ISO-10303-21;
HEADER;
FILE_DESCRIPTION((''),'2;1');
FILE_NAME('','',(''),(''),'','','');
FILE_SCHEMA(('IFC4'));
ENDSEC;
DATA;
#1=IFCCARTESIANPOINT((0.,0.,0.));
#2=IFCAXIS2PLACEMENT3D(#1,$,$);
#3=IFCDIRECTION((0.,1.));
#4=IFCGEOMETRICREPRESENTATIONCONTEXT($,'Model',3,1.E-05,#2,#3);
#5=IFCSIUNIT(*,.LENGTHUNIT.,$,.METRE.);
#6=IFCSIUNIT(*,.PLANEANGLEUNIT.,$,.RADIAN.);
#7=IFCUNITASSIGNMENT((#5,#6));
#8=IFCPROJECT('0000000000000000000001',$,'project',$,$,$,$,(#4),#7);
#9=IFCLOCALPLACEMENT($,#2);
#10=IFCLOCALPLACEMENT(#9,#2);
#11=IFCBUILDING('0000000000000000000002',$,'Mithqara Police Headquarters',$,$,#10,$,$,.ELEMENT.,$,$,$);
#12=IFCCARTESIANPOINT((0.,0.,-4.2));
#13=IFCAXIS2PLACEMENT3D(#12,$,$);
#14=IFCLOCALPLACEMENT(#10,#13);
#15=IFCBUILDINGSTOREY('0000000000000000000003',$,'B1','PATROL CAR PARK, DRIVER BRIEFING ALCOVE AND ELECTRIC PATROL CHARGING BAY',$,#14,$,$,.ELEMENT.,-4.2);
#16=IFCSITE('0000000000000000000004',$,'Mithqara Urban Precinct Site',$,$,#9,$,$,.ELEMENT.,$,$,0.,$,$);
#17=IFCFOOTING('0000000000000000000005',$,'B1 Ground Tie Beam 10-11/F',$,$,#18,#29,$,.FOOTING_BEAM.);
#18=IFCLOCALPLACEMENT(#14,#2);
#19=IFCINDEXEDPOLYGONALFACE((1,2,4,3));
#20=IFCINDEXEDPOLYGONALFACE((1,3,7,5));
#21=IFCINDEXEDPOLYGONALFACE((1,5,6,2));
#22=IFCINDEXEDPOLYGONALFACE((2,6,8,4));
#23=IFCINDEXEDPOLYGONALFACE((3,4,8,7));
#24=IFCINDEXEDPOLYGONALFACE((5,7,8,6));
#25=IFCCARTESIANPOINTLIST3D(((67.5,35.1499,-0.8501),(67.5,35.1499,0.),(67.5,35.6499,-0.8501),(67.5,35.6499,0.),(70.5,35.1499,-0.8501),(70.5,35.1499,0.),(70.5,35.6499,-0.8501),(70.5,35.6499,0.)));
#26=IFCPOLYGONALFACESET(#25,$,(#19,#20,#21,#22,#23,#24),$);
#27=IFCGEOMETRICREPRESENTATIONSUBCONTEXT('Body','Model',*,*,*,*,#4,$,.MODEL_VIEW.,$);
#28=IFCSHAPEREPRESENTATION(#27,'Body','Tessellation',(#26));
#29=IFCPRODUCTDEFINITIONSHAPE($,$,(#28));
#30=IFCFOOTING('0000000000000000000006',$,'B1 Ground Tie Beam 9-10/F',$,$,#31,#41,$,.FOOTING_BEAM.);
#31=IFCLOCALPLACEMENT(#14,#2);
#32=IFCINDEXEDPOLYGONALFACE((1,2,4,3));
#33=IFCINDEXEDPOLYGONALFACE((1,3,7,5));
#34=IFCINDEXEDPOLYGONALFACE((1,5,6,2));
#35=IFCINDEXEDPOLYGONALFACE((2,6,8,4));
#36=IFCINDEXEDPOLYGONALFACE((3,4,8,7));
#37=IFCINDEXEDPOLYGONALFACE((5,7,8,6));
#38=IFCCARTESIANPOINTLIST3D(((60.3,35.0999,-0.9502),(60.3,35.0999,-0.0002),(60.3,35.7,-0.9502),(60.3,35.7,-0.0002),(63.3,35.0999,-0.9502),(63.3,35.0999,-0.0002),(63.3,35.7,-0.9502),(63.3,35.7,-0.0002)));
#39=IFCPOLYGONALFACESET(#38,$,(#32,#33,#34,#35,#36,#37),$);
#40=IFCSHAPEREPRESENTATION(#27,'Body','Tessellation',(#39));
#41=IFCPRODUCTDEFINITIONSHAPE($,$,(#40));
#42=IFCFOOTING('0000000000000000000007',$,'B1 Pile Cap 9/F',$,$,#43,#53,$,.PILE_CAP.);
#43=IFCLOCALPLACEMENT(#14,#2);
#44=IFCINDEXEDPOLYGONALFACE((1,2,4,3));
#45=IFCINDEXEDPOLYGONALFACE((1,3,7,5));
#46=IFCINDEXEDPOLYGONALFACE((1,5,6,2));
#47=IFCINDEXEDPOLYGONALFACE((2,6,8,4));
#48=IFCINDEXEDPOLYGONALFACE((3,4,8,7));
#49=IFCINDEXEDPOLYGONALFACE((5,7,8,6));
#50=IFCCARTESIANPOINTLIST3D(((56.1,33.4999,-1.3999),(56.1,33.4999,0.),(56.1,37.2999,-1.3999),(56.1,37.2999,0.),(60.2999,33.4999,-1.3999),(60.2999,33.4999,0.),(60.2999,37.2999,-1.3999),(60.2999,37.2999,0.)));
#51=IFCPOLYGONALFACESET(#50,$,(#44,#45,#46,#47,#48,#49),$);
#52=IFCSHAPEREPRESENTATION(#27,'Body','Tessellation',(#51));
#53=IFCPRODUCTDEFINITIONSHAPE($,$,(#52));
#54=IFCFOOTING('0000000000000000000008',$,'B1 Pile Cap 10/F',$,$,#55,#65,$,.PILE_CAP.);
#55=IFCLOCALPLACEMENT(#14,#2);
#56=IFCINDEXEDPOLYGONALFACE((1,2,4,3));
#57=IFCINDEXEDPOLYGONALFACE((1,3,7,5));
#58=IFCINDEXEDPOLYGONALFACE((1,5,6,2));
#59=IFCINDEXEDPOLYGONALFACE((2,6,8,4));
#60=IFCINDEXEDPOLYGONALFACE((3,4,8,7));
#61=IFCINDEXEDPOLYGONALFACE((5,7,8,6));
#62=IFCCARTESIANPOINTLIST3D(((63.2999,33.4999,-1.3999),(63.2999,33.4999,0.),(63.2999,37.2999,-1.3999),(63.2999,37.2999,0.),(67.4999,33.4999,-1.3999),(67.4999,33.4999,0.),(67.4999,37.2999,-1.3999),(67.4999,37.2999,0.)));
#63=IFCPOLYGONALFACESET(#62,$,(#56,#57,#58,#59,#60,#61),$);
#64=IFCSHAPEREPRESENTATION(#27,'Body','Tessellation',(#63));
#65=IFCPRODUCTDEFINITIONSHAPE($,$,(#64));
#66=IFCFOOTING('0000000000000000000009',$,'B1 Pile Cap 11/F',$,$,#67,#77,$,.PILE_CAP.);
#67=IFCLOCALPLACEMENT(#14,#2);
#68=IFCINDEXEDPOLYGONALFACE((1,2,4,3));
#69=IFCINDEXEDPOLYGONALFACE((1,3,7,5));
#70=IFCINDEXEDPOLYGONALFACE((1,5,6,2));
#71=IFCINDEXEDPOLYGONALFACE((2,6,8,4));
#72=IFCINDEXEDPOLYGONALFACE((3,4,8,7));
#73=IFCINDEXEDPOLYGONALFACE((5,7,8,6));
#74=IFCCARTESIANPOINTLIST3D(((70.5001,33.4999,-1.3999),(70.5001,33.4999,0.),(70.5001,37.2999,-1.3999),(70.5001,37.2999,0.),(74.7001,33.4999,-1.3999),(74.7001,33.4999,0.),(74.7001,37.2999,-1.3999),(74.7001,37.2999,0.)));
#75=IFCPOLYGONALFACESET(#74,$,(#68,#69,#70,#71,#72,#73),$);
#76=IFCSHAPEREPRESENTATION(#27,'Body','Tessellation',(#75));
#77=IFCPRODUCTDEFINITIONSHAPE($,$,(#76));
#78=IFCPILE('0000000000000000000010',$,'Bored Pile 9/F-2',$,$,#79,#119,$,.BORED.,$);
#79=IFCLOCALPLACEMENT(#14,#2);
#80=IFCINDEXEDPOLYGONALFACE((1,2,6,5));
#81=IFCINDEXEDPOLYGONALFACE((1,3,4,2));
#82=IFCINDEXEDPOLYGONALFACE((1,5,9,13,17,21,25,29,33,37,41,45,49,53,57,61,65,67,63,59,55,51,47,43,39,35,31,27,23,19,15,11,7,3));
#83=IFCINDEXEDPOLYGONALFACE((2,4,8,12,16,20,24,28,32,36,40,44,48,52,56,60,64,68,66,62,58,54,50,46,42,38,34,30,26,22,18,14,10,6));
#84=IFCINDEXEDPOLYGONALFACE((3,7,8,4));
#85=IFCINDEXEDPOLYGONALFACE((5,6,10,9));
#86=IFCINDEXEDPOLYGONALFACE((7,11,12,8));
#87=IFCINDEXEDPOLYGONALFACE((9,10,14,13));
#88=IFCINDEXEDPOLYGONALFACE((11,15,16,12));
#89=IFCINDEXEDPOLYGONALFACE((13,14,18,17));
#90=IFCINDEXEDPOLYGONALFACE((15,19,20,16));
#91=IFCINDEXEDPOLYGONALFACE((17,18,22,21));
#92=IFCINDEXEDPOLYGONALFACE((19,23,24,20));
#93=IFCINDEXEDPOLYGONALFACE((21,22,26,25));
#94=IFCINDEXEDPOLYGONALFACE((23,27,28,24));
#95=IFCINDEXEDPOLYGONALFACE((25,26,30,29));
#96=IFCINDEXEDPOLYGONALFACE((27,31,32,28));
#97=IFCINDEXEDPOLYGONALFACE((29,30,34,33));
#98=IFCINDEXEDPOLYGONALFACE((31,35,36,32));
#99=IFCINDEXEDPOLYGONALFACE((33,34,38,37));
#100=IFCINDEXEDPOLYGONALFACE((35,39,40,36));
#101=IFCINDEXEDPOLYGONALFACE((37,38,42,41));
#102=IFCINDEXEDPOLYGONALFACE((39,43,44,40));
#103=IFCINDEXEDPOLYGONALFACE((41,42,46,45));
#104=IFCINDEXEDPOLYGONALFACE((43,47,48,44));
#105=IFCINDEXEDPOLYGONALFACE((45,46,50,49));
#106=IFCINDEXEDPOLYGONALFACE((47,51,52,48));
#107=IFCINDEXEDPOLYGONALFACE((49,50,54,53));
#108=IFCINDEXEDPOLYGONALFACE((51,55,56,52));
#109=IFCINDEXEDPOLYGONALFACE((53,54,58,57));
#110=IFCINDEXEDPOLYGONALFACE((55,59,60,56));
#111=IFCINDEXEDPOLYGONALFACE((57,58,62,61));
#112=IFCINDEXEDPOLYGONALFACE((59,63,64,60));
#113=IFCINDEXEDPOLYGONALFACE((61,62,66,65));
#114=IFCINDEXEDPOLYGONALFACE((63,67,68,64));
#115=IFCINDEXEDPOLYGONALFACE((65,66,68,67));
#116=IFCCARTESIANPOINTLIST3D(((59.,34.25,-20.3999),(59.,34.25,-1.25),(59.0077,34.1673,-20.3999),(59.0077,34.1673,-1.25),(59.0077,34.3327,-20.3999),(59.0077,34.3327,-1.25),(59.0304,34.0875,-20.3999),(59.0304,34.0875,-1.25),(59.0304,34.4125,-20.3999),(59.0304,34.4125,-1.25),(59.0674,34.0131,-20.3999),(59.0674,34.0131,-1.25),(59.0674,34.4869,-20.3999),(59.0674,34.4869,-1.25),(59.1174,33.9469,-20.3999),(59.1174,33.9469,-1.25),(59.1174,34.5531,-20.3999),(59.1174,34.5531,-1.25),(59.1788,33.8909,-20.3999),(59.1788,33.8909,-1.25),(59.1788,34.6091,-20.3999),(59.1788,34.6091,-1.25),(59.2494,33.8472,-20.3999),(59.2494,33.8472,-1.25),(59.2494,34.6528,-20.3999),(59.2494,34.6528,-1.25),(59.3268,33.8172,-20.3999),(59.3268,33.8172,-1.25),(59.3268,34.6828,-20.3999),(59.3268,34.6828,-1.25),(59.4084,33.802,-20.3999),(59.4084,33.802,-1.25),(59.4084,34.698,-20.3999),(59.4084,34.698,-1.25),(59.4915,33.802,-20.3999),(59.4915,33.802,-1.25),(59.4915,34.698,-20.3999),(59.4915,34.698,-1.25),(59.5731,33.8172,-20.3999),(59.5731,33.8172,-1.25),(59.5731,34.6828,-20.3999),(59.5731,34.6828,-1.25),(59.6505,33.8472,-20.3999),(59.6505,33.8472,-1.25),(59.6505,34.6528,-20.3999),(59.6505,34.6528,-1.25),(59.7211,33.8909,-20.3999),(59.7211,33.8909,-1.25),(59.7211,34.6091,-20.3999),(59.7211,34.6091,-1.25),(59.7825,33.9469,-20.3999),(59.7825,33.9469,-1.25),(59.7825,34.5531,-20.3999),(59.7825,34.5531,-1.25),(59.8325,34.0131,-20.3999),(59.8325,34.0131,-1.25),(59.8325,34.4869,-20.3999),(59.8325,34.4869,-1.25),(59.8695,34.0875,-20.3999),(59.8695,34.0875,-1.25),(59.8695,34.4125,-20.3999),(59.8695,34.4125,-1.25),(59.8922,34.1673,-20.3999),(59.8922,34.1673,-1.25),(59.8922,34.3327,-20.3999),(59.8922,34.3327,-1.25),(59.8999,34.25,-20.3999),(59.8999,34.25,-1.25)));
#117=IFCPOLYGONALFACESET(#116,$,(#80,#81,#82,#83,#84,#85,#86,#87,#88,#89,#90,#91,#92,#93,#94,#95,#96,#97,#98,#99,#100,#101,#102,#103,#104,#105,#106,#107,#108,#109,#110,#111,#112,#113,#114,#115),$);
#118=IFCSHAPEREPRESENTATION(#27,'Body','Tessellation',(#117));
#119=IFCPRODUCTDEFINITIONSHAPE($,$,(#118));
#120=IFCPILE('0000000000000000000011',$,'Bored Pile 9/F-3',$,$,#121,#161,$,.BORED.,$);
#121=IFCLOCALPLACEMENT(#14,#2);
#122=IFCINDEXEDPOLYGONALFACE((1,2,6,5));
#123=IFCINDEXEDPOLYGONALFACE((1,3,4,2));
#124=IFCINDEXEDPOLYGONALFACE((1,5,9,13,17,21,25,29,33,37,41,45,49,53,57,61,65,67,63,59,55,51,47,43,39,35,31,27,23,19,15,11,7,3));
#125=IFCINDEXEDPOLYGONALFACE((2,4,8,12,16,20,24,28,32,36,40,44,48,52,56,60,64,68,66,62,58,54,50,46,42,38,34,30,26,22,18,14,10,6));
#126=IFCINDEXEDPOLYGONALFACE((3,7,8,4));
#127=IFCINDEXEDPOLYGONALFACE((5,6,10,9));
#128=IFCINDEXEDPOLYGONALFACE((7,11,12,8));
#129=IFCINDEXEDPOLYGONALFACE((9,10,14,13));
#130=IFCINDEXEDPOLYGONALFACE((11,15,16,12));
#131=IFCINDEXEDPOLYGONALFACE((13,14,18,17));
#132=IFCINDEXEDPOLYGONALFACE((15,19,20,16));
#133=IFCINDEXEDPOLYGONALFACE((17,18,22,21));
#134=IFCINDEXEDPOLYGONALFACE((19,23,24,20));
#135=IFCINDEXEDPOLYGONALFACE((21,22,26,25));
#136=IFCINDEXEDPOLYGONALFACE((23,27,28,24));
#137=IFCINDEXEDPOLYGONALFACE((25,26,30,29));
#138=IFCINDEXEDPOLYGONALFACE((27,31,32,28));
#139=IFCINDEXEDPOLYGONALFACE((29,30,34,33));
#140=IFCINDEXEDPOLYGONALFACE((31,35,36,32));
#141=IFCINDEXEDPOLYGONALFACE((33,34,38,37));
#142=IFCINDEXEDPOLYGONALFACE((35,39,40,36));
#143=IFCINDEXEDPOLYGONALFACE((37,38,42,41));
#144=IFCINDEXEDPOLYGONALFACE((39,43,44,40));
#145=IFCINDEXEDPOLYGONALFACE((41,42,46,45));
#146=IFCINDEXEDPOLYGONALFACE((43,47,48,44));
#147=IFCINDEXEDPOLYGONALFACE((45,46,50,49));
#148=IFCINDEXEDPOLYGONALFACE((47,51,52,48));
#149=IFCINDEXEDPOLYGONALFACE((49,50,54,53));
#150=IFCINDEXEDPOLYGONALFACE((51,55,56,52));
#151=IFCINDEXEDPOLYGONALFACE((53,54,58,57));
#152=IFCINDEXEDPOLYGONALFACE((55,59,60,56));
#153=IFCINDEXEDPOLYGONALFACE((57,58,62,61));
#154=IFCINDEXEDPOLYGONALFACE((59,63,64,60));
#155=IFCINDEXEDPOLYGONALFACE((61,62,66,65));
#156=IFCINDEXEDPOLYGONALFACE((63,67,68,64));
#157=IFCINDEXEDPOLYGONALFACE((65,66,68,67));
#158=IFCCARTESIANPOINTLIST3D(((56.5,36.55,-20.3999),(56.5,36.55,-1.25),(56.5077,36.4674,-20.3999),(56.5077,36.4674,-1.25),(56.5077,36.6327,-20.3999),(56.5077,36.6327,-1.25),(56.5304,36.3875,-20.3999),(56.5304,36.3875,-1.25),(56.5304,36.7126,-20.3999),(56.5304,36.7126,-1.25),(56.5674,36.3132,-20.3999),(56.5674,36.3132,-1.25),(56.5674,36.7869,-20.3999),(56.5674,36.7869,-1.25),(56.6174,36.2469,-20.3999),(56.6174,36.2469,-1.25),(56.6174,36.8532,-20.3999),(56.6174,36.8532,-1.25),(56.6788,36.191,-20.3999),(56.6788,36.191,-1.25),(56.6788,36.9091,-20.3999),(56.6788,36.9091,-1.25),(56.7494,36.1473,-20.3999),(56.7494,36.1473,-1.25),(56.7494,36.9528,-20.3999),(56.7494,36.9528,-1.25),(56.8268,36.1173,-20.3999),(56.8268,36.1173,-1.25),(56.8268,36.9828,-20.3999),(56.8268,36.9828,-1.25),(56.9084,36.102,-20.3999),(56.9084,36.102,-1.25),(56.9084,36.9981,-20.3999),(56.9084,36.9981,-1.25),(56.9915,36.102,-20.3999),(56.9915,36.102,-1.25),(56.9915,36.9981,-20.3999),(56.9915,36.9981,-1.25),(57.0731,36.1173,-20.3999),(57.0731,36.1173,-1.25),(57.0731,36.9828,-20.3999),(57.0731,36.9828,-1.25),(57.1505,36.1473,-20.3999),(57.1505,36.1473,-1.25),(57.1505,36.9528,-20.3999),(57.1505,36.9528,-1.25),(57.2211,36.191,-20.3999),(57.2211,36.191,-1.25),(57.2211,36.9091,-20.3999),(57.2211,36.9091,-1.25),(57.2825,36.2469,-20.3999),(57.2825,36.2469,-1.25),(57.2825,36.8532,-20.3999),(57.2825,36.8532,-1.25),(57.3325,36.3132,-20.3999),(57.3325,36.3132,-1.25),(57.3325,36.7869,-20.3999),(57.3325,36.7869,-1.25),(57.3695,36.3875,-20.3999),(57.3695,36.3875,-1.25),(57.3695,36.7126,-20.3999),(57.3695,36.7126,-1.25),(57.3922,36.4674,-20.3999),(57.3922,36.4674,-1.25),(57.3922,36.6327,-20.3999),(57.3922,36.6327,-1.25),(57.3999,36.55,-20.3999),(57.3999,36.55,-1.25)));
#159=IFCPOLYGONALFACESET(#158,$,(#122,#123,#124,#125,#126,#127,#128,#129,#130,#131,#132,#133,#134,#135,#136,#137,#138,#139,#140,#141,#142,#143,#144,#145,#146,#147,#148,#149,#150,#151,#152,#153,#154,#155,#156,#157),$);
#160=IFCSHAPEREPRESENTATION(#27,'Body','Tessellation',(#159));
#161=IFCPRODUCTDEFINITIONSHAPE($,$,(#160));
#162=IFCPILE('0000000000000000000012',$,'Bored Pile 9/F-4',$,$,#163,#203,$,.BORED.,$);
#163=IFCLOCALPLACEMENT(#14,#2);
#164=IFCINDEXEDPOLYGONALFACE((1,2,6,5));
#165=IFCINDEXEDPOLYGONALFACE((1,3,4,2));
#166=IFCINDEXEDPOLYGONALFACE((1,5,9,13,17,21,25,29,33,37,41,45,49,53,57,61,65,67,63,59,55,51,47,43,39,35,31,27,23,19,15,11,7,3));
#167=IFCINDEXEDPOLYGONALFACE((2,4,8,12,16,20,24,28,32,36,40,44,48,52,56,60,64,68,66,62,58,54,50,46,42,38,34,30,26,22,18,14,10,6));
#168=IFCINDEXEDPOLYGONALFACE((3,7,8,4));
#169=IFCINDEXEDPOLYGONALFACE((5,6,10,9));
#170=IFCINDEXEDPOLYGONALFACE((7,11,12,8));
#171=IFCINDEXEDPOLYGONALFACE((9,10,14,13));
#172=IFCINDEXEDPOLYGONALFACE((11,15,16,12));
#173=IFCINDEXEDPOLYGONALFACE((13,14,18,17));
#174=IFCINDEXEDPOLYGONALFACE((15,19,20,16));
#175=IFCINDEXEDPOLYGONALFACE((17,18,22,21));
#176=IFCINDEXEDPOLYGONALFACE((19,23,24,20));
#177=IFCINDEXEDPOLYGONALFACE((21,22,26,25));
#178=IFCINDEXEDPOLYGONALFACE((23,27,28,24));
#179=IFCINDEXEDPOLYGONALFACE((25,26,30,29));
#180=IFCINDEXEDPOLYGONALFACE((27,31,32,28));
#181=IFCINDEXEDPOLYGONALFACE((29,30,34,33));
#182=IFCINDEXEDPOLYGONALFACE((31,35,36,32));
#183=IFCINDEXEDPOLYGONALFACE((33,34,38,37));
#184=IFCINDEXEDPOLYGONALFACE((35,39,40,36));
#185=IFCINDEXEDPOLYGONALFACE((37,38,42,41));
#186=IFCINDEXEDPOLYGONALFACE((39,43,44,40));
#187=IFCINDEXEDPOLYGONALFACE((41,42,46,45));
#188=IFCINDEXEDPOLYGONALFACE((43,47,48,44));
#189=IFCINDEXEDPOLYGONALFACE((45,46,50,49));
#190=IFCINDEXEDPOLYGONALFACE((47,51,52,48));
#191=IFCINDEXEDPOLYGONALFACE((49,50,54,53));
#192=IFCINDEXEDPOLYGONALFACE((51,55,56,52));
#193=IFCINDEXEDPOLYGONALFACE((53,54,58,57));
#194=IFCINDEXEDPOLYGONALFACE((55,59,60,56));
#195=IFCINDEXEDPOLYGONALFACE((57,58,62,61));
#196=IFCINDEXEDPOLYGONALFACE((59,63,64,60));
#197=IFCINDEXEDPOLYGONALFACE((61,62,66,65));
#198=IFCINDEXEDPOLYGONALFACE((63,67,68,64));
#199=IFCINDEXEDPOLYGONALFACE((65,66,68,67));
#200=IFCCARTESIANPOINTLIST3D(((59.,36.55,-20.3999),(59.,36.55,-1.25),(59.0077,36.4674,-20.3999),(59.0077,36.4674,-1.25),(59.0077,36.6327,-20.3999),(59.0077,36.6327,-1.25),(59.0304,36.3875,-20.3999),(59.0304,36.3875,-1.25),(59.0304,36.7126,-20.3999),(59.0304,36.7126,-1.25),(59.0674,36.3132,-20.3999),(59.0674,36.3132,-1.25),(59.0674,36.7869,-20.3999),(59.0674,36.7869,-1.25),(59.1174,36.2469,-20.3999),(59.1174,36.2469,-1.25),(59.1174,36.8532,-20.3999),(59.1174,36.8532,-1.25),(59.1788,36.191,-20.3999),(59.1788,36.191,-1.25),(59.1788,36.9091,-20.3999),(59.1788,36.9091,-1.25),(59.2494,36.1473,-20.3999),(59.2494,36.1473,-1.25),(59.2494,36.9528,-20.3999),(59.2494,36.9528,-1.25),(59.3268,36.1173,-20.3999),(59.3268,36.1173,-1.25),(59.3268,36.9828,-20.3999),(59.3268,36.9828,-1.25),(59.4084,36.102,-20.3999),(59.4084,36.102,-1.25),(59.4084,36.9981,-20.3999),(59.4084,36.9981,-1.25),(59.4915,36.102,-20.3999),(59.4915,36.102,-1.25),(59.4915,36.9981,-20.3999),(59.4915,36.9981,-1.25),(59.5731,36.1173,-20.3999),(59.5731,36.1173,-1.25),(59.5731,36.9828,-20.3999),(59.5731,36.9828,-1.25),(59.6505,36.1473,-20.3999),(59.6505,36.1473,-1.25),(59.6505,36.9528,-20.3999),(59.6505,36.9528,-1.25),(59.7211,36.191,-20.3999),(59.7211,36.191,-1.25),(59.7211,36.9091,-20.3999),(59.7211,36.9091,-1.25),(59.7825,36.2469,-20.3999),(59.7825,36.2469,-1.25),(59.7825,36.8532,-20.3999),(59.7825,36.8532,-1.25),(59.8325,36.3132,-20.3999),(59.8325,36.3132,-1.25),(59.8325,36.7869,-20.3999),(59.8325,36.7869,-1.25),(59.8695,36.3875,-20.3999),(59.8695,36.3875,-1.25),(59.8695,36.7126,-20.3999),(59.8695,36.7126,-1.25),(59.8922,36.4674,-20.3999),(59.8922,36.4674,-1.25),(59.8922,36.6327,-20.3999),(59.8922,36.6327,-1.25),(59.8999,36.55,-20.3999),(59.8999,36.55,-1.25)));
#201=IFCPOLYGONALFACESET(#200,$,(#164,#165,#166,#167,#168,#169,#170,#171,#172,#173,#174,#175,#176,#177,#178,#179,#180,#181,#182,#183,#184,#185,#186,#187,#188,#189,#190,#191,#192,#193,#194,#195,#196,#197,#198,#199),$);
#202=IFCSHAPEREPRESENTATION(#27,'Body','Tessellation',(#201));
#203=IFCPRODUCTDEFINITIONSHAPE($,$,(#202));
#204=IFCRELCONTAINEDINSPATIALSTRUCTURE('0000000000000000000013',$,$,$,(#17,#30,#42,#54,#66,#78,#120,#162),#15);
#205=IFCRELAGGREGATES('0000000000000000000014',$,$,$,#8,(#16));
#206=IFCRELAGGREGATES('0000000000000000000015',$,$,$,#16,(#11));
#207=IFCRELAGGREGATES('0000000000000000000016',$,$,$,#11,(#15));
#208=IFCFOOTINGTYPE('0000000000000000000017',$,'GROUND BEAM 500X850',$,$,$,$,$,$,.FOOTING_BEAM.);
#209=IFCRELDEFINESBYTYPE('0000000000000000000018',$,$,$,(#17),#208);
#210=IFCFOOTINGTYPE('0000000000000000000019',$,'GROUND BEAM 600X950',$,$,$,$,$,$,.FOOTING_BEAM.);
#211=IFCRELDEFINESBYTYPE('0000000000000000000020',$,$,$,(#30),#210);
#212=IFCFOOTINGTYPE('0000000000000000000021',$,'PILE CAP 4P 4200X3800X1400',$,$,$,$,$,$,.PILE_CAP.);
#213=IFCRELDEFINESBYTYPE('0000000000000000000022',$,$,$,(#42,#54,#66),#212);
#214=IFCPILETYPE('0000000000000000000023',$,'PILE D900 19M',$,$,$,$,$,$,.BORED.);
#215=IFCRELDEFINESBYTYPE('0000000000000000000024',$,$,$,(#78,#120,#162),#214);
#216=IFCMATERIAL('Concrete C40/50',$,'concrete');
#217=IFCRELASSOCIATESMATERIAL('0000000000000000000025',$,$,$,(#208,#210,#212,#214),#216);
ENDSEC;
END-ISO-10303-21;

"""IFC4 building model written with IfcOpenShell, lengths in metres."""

from ifc_helpers import new_model, si_unit, direction, frame, origin, origin_2d, place, context, subcontext, project, spatial, rectangle, circle, extrude, material, material_profile, profile_set, type_object, element, save


model = new_model("IFC4")

# Units and contexts
model_context = context("Model", 3, precision=1e-05, world=origin(), true_north=direction((0.0, 1.0)))
body_context = subcontext(model_context, "Body", "Model", "MODEL_VIEW")
ifc_project = project(units=[si_unit("LENGTHUNIT", "METRE"), si_unit("PLANEANGLEUNIT", "RADIAN")], contexts=[model_context])

# Site, building, storey
site_placement = place(None, origin())
site = spatial("IfcSite", under=ifc_project, at=site_placement, Name="Mithqara Urban Precinct Site", CompositionType="ELEMENT", RefElevation=0.0)
building_placement = place(site_placement, origin())
building = spatial("IfcBuilding", under=site, at=building_placement, Name="Mithqara Police Headquarters", CompositionType="ELEMENT")
storey_placement = place(building_placement, frame((0.0, 0.0, -4.2)))
storey = spatial("IfcBuildingStorey", under=building, at=storey_placement, Name="B1", Description="PATROL CAR PARK, DRIVER BRIEFING ALCOVE AND ELECTRIC PATROL CHARGING BAY", CompositionType="ELEMENT", Elevation=-4.2)

# Footings
ifc_material_1 = material(Name="Concrete C40/50", Category="concrete")
footing_type_1 = type_object("IfcFootingType", Name="GROUND BEAM 500X850", PredefinedType="FOOTING_BEAM", material=ifc_material_1)
footing_1_placement = place(storey_placement, frame((69.0, 35.3999, -0.8501), z_axis=(0.0, 0.0, 1.0), x_axis=(1.0, 0.0, 0.0)))
element("IfcFooting", 1, at=footing_1_placement, inside=storey, type_object=footing_type_1, Name="B1 Ground Tie Beam 10-11/F", PredefinedType="FOOTING_BEAM", context=body_context, shape_type="SweptSolid", body=[
    extrude(rectangle(XDim=3.0, YDim=0.5, at=origin_2d()), origin(), (0.0, 0.0, 1.0), 0.8501),
])
footing_type_2 = type_object("IfcFootingType", Name="GROUND BEAM 600X950", PredefinedType="FOOTING_BEAM", material=ifc_material_1)
footing_2_placement = place(storey_placement, frame((61.8, 35.3999, -0.9502), z_axis=(0.0, 0.0, 1.0), x_axis=(1.0, 0.0, 0.0)))
element("IfcFooting", 2, at=footing_2_placement, inside=storey, type_object=footing_type_2, Name="B1 Ground Tie Beam 9-10/F", PredefinedType="FOOTING_BEAM", context=body_context, shape_type="SweptSolid", body=[
    extrude(rectangle(XDim=3.0, YDim=0.6001, at=origin_2d()), origin(), (0.0, 0.0, 1.0), 0.95),
])
footing_type_3 = type_object("IfcFootingType", Name="PILE CAP 4P 4200X3800X1400", PredefinedType="PILE_CAP", material=ifc_material_1)
for number, where, z_axis, x_axis, name in (
    (3, (58.2, 35.3999, -1.3999), (0.0, 0.0, 1.0), (1.0, 0.0, 0.0), "B1 Pile Cap 9/F"),
    (4, (65.3999, 35.3999, -1.3999), (0.0, 0.0, 1.0), (1.0, 0.0, 0.0), "B1 Pile Cap 10/F"),
    (5, (72.6001, 35.3999, -1.3999), (0.0, 0.0, 1.0), (1.0, 0.0, 0.0), "B1 Pile Cap 11/F"),
):
    element("IfcFooting", number, at=place(storey_placement, frame(where, z_axis=z_axis, x_axis=x_axis)), inside=storey, type_object=footing_type_3, Name=name, PredefinedType="PILE_CAP", context=body_context, shape_type="SweptSolid", body=[
        extrude(rectangle(XDim=4.2, YDim=3.8, at=origin_2d()), origin(), (0.0, 0.0, 1.0), 1.3999),
    ])

# Piles
ifc_material_profile_1 = material_profile(ifc_material_1, circle(Radius=0.45, at=origin_2d()), Name="PILE D900")
ifc_profile_set_1 = profile_set([ifc_material_profile_1], Name="Concrete C40/50")
pile_type = type_object("IfcPileType", Name="PILE D900 19M", PredefinedType="BORED", material=ifc_profile_set_1)
for number, where, z_axis, x_axis, name in (
    (6, (59.45, 34.25, -1.25), (0.0, 0.0, -1.0), (1.0, 0.0, 0.0), "Bored Pile 9/F-2"),
    (7, (56.95, 36.55, -1.25), (0.0, 0.0, -1.0), (1.0, 0.0, 0.0), "Bored Pile 9/F-3"),
    (8, (59.45, 36.55, -1.25), (0.0, 0.0, -1.0), (1.0, 0.0, 0.0), "Bored Pile 9/F-4"),
):
    element("IfcPile", number, at=place(storey_placement, frame(where, z_axis=z_axis, x_axis=x_axis)), inside=storey, type_object=pile_type, Name=name, PredefinedType="BORED", context=body_context, shape_type="SweptSolid", body=[
        extrude(circle(Radius=0.45, at=origin_2d()), origin(), (0.0, 0.0, 1.0), 19.1499),
    ])

save(model, "model.ifc")
